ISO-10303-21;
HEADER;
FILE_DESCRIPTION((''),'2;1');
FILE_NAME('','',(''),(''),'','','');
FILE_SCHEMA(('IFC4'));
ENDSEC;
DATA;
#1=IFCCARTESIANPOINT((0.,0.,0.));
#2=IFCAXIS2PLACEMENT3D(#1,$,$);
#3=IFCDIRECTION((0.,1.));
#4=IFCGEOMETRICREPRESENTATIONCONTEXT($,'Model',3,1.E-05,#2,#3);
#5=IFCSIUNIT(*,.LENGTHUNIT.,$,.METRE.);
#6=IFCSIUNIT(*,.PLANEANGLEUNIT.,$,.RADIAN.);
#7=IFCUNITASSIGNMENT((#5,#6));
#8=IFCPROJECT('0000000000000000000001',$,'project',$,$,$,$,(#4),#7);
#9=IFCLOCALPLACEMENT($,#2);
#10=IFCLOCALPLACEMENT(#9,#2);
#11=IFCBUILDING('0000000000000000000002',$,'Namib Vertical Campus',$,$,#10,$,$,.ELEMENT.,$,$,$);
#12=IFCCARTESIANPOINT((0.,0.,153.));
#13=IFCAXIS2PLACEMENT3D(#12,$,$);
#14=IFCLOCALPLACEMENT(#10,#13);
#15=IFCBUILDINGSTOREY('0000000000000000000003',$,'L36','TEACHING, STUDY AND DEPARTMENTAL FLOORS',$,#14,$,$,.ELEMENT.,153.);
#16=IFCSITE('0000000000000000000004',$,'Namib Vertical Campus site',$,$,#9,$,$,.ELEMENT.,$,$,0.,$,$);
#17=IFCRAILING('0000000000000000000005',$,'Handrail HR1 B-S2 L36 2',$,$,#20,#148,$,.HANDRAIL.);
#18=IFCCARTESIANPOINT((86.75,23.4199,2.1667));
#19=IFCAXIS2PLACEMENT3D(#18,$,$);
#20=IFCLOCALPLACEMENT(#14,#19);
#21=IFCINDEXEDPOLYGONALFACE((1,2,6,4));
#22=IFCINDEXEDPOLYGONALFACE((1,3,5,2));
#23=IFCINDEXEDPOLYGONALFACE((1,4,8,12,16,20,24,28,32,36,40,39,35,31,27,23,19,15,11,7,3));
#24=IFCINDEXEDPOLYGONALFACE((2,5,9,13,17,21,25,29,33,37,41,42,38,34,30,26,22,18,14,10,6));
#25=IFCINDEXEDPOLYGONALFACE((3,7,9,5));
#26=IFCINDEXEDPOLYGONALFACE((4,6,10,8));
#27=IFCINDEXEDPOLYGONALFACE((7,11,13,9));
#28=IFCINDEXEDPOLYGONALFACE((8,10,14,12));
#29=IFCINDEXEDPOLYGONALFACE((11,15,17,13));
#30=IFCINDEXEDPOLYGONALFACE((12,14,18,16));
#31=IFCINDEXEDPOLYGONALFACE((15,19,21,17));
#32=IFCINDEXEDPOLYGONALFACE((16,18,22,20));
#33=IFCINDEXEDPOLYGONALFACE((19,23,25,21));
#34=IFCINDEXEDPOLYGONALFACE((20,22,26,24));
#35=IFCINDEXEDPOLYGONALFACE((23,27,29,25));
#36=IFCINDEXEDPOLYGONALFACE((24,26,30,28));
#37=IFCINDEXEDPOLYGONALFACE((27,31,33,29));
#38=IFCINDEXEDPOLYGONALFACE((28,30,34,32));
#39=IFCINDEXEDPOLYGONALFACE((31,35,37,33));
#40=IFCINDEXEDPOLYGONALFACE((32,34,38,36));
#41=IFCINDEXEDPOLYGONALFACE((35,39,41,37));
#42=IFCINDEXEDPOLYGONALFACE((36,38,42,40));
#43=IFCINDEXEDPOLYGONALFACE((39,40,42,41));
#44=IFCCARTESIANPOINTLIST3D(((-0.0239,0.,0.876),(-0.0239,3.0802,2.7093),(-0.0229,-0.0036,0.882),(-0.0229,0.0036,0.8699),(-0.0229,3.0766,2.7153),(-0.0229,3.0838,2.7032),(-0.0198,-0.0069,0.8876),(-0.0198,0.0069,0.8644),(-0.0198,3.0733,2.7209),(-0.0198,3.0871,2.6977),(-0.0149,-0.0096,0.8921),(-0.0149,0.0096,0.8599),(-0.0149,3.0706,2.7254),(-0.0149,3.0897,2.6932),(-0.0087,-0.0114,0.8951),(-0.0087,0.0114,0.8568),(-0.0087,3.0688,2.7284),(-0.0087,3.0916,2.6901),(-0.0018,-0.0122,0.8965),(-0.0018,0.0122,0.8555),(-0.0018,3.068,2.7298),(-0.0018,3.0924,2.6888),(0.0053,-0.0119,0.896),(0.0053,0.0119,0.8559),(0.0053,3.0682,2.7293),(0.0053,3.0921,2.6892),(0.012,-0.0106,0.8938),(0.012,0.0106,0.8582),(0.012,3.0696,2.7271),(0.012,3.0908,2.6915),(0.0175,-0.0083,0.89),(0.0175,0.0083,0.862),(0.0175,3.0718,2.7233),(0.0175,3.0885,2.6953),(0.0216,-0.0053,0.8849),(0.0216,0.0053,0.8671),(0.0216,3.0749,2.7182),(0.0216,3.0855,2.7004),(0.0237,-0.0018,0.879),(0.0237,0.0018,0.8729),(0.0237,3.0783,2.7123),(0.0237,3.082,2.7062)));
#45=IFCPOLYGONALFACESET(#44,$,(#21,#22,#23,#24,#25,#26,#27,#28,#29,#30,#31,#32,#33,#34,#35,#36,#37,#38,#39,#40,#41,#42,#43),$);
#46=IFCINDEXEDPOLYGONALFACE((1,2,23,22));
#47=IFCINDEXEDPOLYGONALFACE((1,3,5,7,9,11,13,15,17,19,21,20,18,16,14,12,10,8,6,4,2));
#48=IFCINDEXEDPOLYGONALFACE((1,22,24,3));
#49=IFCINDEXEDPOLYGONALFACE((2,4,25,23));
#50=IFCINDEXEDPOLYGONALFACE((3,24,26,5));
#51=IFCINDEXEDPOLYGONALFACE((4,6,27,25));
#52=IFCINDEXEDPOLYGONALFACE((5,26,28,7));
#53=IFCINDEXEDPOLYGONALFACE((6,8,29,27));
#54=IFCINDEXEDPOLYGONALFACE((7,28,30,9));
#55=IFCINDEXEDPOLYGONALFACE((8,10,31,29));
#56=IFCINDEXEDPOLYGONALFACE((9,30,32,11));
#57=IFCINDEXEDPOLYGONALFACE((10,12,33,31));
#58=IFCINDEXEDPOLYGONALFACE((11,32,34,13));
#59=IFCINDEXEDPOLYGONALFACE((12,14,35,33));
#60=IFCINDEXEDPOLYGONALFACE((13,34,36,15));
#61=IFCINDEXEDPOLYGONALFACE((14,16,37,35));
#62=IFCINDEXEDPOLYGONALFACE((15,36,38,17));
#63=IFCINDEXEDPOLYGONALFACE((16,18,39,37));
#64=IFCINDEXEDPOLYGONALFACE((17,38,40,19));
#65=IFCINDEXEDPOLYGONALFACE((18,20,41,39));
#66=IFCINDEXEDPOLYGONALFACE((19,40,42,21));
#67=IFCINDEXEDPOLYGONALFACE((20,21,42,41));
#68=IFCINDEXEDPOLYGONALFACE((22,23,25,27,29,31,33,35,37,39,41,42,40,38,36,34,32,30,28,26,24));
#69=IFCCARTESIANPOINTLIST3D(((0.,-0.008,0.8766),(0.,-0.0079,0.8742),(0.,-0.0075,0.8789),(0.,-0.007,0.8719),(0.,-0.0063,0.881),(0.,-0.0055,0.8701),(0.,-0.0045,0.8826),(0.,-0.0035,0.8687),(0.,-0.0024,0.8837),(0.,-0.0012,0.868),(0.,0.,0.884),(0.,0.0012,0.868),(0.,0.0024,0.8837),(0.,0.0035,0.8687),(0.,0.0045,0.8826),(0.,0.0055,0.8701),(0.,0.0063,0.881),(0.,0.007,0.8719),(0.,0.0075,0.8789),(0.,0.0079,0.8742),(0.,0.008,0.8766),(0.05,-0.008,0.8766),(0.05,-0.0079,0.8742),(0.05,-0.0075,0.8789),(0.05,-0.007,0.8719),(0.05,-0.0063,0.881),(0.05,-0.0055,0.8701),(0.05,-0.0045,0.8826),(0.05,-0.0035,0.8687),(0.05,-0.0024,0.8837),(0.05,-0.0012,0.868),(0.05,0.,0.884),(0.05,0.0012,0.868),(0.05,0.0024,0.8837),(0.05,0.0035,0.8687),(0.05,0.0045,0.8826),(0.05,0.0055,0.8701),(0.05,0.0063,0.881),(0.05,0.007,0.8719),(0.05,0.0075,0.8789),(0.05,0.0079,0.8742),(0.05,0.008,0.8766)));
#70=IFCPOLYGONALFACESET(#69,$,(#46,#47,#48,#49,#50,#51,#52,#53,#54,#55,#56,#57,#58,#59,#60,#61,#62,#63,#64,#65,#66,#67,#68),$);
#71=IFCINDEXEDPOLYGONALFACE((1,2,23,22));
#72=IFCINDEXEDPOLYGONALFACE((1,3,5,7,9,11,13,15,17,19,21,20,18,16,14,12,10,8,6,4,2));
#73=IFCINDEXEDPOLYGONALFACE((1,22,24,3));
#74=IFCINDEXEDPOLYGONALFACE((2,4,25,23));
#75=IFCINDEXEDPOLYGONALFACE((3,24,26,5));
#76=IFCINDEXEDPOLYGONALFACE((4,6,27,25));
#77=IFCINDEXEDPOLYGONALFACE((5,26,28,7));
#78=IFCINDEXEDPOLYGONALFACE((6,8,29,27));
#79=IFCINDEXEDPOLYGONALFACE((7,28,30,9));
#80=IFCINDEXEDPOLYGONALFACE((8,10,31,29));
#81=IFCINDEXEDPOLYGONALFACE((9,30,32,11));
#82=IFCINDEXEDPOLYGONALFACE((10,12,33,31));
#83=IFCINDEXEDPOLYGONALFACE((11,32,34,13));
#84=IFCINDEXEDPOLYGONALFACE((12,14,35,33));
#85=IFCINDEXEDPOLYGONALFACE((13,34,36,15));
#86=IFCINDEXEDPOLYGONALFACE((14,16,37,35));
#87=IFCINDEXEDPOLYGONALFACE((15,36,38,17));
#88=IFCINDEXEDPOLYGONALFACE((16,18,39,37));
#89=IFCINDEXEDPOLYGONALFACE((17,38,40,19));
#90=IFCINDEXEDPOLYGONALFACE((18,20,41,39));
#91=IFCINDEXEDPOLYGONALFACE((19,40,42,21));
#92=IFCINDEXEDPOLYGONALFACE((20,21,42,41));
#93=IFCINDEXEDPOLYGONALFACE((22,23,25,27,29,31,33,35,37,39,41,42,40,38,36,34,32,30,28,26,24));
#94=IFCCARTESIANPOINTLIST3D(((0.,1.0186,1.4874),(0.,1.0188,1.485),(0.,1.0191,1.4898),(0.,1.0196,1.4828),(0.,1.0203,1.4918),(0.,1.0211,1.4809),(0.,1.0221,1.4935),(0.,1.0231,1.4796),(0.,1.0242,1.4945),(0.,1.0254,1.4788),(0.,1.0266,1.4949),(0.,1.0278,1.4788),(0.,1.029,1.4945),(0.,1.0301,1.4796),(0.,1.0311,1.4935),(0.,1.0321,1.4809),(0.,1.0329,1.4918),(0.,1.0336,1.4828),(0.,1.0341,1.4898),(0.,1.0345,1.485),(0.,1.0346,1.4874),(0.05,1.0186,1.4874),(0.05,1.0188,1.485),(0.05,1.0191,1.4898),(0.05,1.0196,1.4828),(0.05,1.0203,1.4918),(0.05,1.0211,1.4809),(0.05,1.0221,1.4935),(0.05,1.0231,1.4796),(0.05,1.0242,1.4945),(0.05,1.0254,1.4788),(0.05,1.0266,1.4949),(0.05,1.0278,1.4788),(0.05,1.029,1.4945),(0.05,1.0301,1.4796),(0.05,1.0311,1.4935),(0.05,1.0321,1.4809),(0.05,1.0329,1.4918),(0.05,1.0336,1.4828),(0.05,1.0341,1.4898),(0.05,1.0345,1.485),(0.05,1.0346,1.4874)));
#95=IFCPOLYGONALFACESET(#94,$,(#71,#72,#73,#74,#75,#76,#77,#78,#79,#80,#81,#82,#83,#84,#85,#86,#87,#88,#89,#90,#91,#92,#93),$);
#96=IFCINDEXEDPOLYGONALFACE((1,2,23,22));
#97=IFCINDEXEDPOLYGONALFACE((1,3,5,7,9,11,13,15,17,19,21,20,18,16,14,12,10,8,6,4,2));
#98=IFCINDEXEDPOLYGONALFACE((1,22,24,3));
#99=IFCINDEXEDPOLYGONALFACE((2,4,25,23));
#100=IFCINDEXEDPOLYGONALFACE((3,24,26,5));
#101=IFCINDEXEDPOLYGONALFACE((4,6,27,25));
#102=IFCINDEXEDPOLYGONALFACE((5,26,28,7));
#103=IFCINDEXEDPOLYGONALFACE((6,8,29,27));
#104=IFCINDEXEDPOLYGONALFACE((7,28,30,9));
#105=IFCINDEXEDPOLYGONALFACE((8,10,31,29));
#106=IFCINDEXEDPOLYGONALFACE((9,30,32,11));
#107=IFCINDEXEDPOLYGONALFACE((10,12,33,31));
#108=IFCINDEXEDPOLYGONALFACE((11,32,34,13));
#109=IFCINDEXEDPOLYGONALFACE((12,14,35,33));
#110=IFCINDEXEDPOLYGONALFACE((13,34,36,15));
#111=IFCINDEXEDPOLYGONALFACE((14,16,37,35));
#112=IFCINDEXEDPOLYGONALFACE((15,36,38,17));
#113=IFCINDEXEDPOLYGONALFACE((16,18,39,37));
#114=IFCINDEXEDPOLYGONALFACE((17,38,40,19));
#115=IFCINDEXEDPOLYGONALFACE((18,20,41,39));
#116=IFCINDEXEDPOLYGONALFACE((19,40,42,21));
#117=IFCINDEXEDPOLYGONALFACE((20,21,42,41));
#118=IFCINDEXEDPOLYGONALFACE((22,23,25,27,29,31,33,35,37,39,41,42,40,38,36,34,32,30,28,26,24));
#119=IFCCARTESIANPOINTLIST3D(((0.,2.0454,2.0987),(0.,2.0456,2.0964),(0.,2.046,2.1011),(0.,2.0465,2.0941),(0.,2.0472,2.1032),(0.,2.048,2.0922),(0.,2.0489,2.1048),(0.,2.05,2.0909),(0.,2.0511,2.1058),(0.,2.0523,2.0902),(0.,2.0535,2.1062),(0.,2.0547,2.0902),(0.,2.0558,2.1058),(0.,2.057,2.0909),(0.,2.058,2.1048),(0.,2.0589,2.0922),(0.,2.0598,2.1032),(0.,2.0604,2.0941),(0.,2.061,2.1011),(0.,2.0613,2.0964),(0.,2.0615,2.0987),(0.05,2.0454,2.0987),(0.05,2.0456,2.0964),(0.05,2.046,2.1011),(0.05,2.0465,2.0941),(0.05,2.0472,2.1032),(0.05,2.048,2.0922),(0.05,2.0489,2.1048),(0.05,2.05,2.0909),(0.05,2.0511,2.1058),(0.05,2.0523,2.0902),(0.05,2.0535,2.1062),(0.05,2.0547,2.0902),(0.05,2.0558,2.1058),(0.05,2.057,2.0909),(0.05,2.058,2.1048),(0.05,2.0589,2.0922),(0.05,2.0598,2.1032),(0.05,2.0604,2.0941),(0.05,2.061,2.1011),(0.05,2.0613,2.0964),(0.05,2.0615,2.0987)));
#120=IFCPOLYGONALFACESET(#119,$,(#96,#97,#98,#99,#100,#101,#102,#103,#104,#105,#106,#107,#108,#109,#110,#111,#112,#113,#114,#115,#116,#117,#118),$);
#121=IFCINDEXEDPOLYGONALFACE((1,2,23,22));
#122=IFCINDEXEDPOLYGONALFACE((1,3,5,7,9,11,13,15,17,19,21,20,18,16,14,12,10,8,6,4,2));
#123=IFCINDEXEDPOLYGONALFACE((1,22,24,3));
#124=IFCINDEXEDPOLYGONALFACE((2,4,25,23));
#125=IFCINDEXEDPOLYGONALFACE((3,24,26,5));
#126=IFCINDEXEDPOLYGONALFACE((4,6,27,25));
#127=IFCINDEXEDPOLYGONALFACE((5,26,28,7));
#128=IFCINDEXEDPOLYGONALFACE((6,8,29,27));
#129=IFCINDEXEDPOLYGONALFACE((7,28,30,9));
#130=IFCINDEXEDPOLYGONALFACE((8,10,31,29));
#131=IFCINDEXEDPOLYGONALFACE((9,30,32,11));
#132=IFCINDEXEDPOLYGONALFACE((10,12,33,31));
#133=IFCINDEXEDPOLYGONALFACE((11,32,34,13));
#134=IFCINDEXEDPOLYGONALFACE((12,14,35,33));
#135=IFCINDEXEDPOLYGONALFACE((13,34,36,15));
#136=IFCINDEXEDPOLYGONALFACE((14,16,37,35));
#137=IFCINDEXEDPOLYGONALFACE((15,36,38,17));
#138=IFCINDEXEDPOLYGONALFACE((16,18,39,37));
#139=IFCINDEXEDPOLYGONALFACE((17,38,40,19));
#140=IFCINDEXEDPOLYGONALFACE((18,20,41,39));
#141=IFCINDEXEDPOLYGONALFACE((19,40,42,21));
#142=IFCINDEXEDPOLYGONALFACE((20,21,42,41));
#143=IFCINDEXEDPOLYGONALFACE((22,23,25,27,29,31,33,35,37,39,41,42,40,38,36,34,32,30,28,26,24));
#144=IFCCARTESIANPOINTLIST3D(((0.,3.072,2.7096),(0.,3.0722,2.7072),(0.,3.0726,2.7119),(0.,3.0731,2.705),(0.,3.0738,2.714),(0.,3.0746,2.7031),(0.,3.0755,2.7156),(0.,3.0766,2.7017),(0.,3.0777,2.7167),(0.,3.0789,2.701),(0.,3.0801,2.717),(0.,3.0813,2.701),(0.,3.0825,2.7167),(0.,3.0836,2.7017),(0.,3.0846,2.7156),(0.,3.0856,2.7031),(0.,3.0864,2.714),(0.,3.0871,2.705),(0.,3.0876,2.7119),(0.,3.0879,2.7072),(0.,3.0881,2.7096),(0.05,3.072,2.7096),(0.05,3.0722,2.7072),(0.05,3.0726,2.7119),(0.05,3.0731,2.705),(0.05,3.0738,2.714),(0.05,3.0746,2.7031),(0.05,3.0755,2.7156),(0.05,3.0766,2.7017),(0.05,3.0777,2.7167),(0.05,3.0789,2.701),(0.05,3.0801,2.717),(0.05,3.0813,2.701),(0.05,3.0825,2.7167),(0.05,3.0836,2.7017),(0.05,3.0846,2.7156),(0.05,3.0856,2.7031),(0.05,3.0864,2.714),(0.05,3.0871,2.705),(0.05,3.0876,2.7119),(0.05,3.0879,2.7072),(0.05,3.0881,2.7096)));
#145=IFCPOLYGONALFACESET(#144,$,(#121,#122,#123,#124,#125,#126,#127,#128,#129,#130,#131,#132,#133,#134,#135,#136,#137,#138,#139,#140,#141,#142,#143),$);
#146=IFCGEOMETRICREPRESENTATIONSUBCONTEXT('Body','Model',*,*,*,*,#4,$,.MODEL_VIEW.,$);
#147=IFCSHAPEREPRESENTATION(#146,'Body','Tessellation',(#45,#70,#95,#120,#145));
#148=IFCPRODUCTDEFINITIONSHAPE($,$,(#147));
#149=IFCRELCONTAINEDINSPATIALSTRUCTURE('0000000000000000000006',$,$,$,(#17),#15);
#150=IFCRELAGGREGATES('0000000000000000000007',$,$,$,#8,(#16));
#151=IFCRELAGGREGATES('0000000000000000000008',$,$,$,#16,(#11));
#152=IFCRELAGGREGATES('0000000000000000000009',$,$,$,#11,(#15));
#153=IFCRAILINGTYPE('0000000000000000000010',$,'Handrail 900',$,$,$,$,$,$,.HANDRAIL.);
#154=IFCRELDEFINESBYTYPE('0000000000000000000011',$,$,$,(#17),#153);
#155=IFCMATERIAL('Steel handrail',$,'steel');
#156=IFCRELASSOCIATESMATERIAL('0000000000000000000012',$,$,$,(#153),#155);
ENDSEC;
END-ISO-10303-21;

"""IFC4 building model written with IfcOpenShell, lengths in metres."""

from ifc_helpers import new_model, si_unit, direction, frame, origin, origin_2d, place, context, subcontext, project, spatial, circle, extrude, material, type_object, element, save


model = new_model("IFC4")

# Units and contexts
model_context = context("Model", 3, precision=1e-05, world=origin(), true_north=direction((0.0, 1.0)))
body_context = subcontext(model_context, "Body", "Model", "MODEL_VIEW")
ifc_project = project(units=[si_unit("LENGTHUNIT", "METRE"), si_unit("PLANEANGLEUNIT", "RADIAN")], contexts=[model_context])

# Site, building, storey
site_placement = place(None, origin())
site = spatial("IfcSite", under=ifc_project, at=site_placement, Name="Namib Vertical Campus site", CompositionType="ELEMENT", RefElevation=0.0)
building_placement = place(site_placement, origin())
building = spatial("IfcBuilding", under=site, at=building_placement, Name="Namib Vertical Campus", CompositionType="ELEMENT")
storey_placement = place(building_placement, frame((0.0, 0.0, 153.0)))
storey = spatial("IfcBuildingStorey", under=building, at=storey_placement, Name="L36", Description="TEACHING, STUDY AND DEPARTMENTAL FLOORS", CompositionType="ELEMENT", Elevation=153.0)

# Railing
ifc_material_1 = material(Name="Steel handrail", Category="steel")
railing_type_1 = type_object("IfcRailingType", Name="Handrail 900", PredefinedType="HANDRAIL", material=ifc_material_1)
railing_1_placement = place(storey_placement, frame((86.75, 23.4199, 2.1667)))
element("IfcRailing", 1, at=railing_1_placement, inside=storey, type_object=railing_type_1, Name="Handrail HR1 B-S2 L36 2", PredefinedType="HANDRAIL", context=body_context, shape_type="SweptSolid", body=[
    extrude(circle(Radius=0.0239, at=origin_2d()), frame((0.0, 0.0, 0.876), z_axis=(0.0, 0.859309, 0.511458), x_axis=(-1.0, 0.0, 0.0)), (0.0, 0.0, 1.0), 3.5845),
    extrude(circle(Radius=0.0081, at=origin_2d()), frame((0.0, 0.0, 0.876), z_axis=(1.0, 0.0, 0.0), x_axis=(0.0, 0.0, 1.0)), (0.0, 0.0, 1.0), 0.05),
    extrude(circle(Radius=0.0081, at=origin_2d()), frame((0.0, 1.0266, 1.4868), z_axis=(1.0, 0.0, 0.0), x_axis=(0.0, 0.0, 1.0)), (0.0, 0.0, 1.0), 0.05),
    extrude(circle(Radius=0.0081, at=origin_2d()), frame((0.0, 2.0535, 2.0981), z_axis=(1.0, 0.0, 0.0), x_axis=(0.0, 0.0, 1.0)), (0.0, 0.0, 1.0), 0.05),
    extrude(circle(Radius=0.0081, at=origin_2d()), frame((0.0, 3.0801, 2.709), z_axis=(1.0, 0.0, 0.0), x_axis=(0.0, 0.0, 1.0)), (0.0, 0.0, 1.0), 0.05),
])

save(model, "model.ifc")
